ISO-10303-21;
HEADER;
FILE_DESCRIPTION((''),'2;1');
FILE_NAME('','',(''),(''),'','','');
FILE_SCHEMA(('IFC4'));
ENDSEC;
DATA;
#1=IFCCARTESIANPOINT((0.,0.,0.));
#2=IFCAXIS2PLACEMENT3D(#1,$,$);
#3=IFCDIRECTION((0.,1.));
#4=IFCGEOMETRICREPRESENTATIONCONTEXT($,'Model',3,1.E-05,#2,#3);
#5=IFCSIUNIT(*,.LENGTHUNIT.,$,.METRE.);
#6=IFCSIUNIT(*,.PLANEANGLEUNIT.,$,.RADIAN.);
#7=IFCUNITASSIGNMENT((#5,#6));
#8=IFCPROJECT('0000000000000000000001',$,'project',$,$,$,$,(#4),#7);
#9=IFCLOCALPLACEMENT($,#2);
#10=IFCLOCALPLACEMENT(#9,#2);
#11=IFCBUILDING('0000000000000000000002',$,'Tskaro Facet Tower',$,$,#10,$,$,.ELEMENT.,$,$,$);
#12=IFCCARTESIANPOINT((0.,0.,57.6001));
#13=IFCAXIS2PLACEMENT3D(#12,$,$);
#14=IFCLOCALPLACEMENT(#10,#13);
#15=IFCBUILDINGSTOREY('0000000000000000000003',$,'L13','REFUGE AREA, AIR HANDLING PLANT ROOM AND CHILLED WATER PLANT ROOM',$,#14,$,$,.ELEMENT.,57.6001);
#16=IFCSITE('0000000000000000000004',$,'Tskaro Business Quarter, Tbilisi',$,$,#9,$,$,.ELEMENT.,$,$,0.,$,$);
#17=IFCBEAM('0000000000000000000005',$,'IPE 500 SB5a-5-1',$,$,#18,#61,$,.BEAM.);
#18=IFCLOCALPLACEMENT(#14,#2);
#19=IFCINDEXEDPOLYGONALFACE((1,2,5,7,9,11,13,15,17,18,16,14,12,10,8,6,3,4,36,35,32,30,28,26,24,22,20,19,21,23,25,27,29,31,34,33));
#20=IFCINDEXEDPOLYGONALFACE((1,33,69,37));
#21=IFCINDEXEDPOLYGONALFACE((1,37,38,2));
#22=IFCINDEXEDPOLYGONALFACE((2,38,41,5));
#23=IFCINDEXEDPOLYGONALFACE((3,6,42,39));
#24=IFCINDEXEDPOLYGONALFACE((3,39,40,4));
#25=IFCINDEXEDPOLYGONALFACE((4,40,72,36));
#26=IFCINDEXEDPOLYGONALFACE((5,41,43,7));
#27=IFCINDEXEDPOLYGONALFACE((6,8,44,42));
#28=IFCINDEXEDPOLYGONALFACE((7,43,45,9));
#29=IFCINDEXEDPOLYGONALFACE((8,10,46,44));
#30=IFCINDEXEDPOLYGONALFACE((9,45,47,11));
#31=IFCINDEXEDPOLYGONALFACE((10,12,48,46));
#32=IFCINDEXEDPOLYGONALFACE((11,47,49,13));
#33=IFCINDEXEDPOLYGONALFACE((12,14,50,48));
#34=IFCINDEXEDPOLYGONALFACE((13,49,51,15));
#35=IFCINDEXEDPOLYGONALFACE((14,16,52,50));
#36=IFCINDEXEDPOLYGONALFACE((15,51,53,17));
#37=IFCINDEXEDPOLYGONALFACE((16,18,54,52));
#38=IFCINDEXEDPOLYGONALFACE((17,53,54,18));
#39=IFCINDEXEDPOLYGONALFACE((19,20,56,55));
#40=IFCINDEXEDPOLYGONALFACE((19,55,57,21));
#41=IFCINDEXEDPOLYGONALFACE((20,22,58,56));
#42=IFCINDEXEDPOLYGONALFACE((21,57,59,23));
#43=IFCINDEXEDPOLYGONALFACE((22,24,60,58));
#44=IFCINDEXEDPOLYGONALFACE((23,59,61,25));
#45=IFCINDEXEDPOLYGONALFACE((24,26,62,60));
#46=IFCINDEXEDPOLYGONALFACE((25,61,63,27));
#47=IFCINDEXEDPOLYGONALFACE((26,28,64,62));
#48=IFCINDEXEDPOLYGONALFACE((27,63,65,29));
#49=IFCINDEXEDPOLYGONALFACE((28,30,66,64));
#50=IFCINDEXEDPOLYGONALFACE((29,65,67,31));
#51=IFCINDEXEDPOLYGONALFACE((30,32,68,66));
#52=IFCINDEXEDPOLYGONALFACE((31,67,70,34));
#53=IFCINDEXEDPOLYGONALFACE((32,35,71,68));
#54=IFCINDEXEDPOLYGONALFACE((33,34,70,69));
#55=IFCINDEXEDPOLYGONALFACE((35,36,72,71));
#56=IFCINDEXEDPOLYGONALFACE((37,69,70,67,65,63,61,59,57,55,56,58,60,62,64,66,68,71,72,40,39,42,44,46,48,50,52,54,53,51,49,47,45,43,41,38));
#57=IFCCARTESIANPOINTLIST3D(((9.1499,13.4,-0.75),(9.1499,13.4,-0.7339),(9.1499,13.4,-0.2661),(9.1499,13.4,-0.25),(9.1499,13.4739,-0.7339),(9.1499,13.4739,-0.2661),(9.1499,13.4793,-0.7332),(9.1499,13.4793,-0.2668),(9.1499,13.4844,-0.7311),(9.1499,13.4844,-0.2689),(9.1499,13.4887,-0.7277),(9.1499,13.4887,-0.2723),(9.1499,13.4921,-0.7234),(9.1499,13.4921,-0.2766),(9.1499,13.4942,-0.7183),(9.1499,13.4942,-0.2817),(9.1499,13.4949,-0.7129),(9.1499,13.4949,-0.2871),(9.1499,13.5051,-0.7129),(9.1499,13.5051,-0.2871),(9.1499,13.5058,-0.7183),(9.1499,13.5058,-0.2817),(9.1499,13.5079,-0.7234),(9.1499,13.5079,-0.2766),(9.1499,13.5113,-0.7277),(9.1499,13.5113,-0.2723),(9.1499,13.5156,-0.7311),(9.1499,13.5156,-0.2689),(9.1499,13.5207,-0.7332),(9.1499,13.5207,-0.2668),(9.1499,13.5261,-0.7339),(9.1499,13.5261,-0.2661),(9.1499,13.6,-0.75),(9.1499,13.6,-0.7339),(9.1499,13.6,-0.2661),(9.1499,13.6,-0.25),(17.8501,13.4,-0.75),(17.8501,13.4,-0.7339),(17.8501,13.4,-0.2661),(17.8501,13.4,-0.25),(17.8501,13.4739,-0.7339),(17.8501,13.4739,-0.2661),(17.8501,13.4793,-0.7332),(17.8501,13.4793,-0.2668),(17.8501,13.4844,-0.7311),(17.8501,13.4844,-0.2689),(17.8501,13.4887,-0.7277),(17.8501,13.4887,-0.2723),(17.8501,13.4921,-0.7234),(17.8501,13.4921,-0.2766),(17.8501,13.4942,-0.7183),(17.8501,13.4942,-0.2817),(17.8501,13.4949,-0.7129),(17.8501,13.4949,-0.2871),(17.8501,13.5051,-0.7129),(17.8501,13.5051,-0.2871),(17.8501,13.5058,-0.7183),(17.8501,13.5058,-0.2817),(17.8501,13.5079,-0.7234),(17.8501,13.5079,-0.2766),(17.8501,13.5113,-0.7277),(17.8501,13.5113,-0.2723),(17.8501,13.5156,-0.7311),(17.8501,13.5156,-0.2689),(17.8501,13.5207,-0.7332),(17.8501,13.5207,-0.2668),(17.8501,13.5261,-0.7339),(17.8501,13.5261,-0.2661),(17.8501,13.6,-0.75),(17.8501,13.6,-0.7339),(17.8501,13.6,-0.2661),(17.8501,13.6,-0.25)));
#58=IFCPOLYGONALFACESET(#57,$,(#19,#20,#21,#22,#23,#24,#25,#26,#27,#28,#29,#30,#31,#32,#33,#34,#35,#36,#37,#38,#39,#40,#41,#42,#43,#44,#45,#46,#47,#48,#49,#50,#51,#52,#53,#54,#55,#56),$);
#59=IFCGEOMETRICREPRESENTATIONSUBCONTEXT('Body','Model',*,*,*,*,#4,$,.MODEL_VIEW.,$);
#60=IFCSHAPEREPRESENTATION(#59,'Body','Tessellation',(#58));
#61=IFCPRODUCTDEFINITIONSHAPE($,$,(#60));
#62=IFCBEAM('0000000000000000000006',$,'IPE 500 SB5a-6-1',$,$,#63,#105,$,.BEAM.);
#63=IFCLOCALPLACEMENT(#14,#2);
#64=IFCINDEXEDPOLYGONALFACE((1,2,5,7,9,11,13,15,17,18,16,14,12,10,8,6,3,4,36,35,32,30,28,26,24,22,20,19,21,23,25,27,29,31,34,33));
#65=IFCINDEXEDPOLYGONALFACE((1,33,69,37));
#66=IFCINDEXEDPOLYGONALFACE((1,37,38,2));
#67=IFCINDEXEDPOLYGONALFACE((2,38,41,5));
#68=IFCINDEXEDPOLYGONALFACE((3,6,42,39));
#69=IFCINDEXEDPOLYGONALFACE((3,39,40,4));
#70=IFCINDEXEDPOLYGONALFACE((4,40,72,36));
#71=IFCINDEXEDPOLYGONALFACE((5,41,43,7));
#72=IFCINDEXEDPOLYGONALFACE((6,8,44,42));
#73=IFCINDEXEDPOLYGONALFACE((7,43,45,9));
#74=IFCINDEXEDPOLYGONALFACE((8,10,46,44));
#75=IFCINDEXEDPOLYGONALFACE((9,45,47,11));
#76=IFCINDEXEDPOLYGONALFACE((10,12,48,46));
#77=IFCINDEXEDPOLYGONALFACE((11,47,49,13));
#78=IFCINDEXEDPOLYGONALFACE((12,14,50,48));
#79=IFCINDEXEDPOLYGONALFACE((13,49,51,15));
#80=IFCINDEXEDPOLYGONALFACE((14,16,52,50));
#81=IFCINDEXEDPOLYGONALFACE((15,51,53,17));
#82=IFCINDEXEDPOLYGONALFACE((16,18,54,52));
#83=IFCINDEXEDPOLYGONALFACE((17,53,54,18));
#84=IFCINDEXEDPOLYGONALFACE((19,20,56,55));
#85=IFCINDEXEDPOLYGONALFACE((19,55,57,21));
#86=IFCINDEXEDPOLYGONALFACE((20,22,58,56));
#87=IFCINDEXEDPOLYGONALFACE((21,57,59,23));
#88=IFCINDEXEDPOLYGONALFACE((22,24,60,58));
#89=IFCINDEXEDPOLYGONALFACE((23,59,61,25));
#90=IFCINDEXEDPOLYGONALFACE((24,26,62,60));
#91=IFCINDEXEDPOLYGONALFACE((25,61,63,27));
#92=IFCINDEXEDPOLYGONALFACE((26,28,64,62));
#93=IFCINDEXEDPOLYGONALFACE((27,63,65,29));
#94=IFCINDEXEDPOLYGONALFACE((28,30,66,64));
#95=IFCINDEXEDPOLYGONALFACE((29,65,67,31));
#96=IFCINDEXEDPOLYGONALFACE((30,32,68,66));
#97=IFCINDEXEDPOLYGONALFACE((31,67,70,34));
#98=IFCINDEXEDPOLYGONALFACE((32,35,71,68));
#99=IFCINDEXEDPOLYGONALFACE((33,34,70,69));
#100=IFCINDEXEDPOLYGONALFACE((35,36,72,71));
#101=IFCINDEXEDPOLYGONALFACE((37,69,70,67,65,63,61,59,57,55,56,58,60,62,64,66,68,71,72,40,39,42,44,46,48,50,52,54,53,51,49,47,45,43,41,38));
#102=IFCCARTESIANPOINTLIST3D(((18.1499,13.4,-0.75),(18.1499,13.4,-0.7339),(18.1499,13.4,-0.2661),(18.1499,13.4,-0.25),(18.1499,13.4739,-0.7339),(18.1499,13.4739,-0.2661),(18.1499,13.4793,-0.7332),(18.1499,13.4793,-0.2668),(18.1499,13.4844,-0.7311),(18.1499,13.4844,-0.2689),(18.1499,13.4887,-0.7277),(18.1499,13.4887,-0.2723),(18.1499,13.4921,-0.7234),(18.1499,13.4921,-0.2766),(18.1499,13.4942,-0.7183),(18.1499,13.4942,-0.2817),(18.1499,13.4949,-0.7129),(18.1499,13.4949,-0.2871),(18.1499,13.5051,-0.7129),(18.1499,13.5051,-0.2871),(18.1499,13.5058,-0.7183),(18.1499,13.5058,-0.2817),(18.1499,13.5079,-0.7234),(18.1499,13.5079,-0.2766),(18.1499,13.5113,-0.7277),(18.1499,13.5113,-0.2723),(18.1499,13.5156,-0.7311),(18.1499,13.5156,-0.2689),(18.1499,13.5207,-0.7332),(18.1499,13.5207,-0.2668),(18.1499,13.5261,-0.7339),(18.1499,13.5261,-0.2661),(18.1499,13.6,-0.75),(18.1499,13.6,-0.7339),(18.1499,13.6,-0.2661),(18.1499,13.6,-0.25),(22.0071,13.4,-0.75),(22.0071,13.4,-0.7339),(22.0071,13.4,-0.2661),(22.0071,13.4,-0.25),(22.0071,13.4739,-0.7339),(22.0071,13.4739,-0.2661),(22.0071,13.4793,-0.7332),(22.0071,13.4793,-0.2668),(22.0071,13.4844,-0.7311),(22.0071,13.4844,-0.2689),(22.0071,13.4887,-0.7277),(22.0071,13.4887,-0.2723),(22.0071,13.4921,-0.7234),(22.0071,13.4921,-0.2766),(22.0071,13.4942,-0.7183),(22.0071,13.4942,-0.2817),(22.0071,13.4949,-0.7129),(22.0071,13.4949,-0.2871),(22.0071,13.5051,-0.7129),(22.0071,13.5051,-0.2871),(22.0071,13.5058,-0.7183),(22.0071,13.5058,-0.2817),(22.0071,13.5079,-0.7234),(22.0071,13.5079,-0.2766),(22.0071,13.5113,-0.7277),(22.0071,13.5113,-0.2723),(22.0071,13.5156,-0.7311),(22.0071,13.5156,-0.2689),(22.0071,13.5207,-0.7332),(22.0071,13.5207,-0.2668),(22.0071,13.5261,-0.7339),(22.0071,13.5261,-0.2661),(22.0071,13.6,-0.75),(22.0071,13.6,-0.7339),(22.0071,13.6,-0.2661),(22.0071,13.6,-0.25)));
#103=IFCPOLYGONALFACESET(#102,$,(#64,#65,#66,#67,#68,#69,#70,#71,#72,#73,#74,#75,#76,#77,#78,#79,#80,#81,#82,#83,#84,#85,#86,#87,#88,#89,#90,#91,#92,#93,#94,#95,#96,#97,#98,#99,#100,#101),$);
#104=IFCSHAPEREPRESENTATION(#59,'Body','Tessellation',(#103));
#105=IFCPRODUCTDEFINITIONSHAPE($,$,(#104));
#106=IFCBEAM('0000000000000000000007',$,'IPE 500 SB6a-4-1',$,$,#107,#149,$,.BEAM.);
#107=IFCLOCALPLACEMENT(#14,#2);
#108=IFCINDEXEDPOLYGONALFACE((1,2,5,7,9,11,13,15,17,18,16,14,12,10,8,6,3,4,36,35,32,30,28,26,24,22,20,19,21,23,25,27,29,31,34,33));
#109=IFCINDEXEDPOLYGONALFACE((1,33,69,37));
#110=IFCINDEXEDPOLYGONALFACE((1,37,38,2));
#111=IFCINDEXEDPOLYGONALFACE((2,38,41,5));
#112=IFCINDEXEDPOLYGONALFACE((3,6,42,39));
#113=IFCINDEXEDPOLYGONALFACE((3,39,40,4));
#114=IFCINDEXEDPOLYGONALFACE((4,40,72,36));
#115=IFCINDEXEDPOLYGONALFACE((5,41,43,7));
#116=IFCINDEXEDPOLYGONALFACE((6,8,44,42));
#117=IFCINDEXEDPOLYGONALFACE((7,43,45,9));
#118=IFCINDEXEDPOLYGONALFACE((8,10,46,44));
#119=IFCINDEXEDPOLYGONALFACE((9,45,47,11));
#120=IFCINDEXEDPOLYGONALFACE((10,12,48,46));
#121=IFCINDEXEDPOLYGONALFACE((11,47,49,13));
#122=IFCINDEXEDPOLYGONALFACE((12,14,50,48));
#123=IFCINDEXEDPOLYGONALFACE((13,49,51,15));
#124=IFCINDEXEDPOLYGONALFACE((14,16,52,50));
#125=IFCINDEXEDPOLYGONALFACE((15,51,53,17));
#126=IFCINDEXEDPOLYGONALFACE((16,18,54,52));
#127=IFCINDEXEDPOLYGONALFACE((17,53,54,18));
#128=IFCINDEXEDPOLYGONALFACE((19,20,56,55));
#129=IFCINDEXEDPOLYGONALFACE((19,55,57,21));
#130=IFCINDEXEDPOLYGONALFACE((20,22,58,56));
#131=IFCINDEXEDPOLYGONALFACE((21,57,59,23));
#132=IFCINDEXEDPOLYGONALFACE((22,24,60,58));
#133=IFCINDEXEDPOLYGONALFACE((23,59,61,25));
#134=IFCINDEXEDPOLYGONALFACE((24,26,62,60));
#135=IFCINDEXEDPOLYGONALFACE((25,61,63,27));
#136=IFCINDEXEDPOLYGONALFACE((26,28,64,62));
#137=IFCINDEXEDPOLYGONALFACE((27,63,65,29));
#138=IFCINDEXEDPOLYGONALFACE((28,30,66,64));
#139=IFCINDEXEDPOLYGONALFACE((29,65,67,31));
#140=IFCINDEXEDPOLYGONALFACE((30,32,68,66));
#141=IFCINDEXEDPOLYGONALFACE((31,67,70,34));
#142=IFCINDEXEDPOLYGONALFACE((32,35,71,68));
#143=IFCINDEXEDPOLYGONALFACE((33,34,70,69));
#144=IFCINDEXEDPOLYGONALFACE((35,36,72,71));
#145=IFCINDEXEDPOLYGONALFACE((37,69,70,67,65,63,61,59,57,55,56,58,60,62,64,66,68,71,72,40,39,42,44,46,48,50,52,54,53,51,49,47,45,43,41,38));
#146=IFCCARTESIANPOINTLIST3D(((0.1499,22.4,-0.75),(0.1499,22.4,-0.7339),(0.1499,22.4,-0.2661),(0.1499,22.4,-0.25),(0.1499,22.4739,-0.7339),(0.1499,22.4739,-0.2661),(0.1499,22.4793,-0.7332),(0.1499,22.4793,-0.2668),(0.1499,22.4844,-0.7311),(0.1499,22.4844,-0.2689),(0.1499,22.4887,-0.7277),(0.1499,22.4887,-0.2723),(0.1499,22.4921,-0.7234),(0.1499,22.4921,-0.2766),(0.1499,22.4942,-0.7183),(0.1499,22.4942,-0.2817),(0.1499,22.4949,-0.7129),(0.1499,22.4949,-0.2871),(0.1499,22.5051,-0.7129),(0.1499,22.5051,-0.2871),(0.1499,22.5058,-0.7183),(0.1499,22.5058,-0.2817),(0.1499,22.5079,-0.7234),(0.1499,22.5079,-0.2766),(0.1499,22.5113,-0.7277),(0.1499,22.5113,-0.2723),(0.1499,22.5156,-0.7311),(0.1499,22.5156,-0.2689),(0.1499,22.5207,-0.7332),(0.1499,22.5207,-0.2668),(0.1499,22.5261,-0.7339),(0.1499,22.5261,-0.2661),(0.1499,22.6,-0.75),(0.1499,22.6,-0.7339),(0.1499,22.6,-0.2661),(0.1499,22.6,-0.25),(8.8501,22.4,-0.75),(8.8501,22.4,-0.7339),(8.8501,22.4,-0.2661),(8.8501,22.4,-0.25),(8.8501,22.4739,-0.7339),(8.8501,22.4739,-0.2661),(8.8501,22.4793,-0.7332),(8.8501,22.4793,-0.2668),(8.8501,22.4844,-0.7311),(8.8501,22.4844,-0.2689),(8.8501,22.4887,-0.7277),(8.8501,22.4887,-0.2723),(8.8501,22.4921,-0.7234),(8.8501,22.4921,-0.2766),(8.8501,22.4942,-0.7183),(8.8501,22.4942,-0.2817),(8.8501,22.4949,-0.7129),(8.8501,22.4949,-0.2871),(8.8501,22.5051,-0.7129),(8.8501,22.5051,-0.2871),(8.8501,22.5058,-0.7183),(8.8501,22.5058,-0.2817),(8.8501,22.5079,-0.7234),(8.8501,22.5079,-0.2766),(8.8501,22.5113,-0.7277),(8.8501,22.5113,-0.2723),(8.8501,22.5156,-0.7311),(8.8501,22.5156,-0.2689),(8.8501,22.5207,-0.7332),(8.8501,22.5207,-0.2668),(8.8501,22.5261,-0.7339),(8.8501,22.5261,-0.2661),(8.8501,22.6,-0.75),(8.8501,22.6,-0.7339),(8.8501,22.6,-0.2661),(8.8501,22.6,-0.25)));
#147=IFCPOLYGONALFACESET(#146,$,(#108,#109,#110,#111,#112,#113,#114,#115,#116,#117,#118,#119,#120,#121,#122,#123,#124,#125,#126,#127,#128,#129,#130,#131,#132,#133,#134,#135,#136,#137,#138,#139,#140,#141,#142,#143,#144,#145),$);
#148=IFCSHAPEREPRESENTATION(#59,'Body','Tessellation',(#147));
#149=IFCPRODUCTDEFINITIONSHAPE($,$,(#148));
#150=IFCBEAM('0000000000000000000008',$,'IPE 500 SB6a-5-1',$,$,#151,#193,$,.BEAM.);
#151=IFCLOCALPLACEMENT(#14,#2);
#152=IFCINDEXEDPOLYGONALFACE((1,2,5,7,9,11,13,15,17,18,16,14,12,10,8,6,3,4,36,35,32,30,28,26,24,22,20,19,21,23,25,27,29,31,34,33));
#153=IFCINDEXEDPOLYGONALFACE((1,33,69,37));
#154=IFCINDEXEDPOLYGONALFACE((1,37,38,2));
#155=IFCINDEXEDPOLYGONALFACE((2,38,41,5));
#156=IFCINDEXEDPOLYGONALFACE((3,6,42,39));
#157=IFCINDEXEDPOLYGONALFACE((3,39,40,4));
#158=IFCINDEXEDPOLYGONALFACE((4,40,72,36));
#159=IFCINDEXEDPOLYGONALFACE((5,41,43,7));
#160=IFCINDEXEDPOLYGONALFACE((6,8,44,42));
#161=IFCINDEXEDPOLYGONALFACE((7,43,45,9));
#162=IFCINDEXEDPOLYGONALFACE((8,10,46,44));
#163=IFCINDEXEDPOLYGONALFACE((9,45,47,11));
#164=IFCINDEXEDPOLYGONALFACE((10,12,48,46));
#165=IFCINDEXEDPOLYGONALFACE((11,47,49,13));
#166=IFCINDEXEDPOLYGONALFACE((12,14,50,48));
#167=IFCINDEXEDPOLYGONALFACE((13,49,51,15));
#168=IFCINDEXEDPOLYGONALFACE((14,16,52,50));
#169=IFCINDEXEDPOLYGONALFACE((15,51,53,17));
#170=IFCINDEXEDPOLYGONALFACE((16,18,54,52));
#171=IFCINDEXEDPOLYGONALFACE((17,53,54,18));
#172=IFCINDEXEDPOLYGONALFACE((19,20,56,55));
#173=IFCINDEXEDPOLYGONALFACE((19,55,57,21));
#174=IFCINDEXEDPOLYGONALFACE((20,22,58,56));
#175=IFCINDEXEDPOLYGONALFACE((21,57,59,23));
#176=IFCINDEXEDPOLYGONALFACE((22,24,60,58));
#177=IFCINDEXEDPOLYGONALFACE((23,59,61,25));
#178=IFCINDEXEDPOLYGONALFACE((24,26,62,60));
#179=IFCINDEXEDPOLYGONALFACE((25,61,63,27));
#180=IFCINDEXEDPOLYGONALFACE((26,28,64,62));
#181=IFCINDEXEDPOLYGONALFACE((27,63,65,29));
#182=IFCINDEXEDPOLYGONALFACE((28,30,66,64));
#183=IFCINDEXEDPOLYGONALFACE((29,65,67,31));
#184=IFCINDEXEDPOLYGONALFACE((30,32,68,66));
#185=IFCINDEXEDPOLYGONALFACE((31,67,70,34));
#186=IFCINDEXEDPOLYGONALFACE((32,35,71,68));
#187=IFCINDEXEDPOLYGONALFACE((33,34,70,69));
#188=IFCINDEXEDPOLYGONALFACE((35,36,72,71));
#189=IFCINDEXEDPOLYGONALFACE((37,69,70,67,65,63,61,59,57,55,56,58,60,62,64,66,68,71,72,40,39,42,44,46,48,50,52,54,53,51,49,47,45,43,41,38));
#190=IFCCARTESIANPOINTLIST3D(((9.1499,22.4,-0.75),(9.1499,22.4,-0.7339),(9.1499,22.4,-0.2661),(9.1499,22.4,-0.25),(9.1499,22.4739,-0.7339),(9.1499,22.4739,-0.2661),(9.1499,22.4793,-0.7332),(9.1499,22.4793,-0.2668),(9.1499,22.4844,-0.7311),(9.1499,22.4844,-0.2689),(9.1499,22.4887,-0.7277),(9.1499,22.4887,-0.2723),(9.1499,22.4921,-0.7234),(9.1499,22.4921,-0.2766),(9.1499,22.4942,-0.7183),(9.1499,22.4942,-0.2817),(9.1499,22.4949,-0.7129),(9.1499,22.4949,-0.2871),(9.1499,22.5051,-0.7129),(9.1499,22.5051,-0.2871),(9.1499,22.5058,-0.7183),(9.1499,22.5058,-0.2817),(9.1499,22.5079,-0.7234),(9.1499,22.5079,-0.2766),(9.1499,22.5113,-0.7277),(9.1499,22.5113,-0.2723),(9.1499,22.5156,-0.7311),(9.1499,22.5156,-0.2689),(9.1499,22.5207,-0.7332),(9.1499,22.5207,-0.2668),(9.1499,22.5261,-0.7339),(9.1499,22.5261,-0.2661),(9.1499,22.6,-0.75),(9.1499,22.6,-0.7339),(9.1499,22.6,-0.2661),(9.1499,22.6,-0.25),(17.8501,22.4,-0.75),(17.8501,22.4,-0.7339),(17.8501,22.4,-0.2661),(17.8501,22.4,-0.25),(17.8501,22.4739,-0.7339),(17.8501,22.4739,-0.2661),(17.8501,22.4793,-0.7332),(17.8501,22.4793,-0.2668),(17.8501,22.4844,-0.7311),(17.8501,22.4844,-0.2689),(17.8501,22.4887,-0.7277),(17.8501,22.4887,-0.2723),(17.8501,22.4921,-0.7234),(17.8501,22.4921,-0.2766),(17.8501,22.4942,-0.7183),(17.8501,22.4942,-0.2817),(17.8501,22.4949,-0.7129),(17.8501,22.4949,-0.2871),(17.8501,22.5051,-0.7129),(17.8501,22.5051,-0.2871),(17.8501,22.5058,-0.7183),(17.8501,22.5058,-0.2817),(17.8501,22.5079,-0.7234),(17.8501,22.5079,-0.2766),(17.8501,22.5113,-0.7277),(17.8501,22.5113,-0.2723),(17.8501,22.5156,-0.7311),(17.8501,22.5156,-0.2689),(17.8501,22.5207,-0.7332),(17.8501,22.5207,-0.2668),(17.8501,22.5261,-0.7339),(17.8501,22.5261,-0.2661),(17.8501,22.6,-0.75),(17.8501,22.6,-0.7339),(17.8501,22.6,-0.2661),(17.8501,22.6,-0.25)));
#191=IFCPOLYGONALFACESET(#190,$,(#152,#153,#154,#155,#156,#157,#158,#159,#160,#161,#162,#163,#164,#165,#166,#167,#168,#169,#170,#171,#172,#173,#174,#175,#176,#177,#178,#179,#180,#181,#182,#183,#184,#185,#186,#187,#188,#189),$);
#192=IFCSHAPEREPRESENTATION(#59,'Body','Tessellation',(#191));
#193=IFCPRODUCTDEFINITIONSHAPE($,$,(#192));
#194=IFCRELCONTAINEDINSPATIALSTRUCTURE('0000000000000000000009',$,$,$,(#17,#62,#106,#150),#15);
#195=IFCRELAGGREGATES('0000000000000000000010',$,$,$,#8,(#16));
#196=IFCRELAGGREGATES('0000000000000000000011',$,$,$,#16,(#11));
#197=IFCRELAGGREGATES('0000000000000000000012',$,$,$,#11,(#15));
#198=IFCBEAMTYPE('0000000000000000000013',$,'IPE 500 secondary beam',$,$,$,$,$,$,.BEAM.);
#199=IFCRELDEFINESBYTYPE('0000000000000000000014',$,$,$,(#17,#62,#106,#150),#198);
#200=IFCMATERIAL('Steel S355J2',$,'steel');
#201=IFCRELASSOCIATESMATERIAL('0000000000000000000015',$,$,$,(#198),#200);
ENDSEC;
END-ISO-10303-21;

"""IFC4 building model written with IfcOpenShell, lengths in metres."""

from ifc_helpers import new_model, si_unit, direction, frame, origin, origin_2d, place, context, subcontext, project, spatial, i_section, extrude, material, material_profile, profile_set, type_object, element, save


model = new_model("IFC4")

# Units and contexts
model_context = context("Model", 3, precision=1e-05, world=origin(), true_north=direction((0.0, 1.0)))
body_context = subcontext(model_context, "Body", "Model", "MODEL_VIEW")
ifc_project = project(units=[si_unit("LENGTHUNIT", "METRE"), si_unit("PLANEANGLEUNIT", "RADIAN")], contexts=[model_context])

# Site, building, storey
site_placement = place(None, origin())
site = spatial("IfcSite", under=ifc_project, at=site_placement, Name="Tskaro Business Quarter, Tbilisi", CompositionType="ELEMENT", RefElevation=0.0)
building_placement = place(site_placement, origin())
building = spatial("IfcBuilding", under=site, at=building_placement, Name="Tskaro Facet Tower", CompositionType="ELEMENT")
storey_placement = place(building_placement, frame((0.0, 0.0, 57.6001)))
storey = spatial("IfcBuildingStorey", under=building, at=storey_placement, Name="L13", Description="REFUGE AREA, AIR HANDLING PLANT ROOM AND CHILLED WATER PLANT ROOM", CompositionType="ELEMENT", Elevation=57.6001)

# Shared definitions
ifc_material_1 = material(Name="Steel S355J2", Category="steel")

# Beams
ifc_material_profile_1 = material_profile(ifc_material_1, i_section(OverallWidth=0.2, OverallDepth=0.5, WebThickness=0.0103, FlangeThickness=0.0161, FilletRadius=0.021, at=origin_2d()), Name="IPE 500")
ifc_profile_set_1 = profile_set([ifc_material_profile_1], Name="Steel S355J2")
beam_type_1 = type_object("IfcBeamType", Name="IPE 500 secondary beam", PredefinedType="BEAM", material=ifc_profile_set_1)
for number, where, z_axis, x_axis, name in (
    (1, (9.1499, 13.5, -0.5), (1.0, 0.0, 0.0), (0.0, 1.0, 0.0), "IPE 500 SB5a-5-1"),
):
    element("IfcBeam", number, at=place(storey_placement, frame(where, z_axis=z_axis, x_axis=x_axis)), inside=storey, type_object=beam_type_1, Name=name, PredefinedType="BEAM", context=body_context, shape_type="SweptSolid", body=[
        extrude(i_section(OverallWidth=0.2, OverallDepth=0.5, WebThickness=0.0103, FlangeThickness=0.0161, FilletRadius=0.021, at=origin_2d()), origin(), (0.0, 0.0, 1.0), 8.7002),
    ])
beam_1_placement = place(storey_placement, frame((18.1499, 13.5, -0.5), z_axis=(1.0, 0.0, 0.0), x_axis=(0.0, 1.0, 0.0)))
element("IfcBeam", 2, at=beam_1_placement, inside=storey, type_object=beam_type_1, Name="IPE 500 SB5a-6-1", PredefinedType="BEAM", context=body_context, shape_type="SweptSolid", body=[
    extrude(i_section(OverallWidth=0.2, OverallDepth=0.5, WebThickness=0.0103, FlangeThickness=0.0161, FilletRadius=0.021, at=origin_2d()), origin(), (0.0, 0.0, 1.0), 3.8572),
])
for number, where, z_axis, x_axis, name in (
    (3, (0.1499, 22.5, -0.5), (1.0, 0.0, 0.0), (0.0, 1.0, 0.0), "IPE 500 SB6a-4-1"),
    (4, (9.1499, 22.5, -0.5), (1.0, 0.0, 0.0), (0.0, 1.0, 0.0), "IPE 500 SB6a-5-1"),
):
    element("IfcBeam", number, at=place(storey_placement, frame(where, z_axis=z_axis, x_axis=x_axis)), inside=storey, type_object=beam_type_1, Name=name, PredefinedType="BEAM", context=body_context, shape_type="SweptSolid", body=[
        extrude(i_section(OverallWidth=0.2, OverallDepth=0.5, WebThickness=0.0103, FlangeThickness=0.0161, FilletRadius=0.021, at=origin_2d()), origin(), (0.0, 0.0, 1.0), 8.7002),
    ])

save(model, "model.ifc")
